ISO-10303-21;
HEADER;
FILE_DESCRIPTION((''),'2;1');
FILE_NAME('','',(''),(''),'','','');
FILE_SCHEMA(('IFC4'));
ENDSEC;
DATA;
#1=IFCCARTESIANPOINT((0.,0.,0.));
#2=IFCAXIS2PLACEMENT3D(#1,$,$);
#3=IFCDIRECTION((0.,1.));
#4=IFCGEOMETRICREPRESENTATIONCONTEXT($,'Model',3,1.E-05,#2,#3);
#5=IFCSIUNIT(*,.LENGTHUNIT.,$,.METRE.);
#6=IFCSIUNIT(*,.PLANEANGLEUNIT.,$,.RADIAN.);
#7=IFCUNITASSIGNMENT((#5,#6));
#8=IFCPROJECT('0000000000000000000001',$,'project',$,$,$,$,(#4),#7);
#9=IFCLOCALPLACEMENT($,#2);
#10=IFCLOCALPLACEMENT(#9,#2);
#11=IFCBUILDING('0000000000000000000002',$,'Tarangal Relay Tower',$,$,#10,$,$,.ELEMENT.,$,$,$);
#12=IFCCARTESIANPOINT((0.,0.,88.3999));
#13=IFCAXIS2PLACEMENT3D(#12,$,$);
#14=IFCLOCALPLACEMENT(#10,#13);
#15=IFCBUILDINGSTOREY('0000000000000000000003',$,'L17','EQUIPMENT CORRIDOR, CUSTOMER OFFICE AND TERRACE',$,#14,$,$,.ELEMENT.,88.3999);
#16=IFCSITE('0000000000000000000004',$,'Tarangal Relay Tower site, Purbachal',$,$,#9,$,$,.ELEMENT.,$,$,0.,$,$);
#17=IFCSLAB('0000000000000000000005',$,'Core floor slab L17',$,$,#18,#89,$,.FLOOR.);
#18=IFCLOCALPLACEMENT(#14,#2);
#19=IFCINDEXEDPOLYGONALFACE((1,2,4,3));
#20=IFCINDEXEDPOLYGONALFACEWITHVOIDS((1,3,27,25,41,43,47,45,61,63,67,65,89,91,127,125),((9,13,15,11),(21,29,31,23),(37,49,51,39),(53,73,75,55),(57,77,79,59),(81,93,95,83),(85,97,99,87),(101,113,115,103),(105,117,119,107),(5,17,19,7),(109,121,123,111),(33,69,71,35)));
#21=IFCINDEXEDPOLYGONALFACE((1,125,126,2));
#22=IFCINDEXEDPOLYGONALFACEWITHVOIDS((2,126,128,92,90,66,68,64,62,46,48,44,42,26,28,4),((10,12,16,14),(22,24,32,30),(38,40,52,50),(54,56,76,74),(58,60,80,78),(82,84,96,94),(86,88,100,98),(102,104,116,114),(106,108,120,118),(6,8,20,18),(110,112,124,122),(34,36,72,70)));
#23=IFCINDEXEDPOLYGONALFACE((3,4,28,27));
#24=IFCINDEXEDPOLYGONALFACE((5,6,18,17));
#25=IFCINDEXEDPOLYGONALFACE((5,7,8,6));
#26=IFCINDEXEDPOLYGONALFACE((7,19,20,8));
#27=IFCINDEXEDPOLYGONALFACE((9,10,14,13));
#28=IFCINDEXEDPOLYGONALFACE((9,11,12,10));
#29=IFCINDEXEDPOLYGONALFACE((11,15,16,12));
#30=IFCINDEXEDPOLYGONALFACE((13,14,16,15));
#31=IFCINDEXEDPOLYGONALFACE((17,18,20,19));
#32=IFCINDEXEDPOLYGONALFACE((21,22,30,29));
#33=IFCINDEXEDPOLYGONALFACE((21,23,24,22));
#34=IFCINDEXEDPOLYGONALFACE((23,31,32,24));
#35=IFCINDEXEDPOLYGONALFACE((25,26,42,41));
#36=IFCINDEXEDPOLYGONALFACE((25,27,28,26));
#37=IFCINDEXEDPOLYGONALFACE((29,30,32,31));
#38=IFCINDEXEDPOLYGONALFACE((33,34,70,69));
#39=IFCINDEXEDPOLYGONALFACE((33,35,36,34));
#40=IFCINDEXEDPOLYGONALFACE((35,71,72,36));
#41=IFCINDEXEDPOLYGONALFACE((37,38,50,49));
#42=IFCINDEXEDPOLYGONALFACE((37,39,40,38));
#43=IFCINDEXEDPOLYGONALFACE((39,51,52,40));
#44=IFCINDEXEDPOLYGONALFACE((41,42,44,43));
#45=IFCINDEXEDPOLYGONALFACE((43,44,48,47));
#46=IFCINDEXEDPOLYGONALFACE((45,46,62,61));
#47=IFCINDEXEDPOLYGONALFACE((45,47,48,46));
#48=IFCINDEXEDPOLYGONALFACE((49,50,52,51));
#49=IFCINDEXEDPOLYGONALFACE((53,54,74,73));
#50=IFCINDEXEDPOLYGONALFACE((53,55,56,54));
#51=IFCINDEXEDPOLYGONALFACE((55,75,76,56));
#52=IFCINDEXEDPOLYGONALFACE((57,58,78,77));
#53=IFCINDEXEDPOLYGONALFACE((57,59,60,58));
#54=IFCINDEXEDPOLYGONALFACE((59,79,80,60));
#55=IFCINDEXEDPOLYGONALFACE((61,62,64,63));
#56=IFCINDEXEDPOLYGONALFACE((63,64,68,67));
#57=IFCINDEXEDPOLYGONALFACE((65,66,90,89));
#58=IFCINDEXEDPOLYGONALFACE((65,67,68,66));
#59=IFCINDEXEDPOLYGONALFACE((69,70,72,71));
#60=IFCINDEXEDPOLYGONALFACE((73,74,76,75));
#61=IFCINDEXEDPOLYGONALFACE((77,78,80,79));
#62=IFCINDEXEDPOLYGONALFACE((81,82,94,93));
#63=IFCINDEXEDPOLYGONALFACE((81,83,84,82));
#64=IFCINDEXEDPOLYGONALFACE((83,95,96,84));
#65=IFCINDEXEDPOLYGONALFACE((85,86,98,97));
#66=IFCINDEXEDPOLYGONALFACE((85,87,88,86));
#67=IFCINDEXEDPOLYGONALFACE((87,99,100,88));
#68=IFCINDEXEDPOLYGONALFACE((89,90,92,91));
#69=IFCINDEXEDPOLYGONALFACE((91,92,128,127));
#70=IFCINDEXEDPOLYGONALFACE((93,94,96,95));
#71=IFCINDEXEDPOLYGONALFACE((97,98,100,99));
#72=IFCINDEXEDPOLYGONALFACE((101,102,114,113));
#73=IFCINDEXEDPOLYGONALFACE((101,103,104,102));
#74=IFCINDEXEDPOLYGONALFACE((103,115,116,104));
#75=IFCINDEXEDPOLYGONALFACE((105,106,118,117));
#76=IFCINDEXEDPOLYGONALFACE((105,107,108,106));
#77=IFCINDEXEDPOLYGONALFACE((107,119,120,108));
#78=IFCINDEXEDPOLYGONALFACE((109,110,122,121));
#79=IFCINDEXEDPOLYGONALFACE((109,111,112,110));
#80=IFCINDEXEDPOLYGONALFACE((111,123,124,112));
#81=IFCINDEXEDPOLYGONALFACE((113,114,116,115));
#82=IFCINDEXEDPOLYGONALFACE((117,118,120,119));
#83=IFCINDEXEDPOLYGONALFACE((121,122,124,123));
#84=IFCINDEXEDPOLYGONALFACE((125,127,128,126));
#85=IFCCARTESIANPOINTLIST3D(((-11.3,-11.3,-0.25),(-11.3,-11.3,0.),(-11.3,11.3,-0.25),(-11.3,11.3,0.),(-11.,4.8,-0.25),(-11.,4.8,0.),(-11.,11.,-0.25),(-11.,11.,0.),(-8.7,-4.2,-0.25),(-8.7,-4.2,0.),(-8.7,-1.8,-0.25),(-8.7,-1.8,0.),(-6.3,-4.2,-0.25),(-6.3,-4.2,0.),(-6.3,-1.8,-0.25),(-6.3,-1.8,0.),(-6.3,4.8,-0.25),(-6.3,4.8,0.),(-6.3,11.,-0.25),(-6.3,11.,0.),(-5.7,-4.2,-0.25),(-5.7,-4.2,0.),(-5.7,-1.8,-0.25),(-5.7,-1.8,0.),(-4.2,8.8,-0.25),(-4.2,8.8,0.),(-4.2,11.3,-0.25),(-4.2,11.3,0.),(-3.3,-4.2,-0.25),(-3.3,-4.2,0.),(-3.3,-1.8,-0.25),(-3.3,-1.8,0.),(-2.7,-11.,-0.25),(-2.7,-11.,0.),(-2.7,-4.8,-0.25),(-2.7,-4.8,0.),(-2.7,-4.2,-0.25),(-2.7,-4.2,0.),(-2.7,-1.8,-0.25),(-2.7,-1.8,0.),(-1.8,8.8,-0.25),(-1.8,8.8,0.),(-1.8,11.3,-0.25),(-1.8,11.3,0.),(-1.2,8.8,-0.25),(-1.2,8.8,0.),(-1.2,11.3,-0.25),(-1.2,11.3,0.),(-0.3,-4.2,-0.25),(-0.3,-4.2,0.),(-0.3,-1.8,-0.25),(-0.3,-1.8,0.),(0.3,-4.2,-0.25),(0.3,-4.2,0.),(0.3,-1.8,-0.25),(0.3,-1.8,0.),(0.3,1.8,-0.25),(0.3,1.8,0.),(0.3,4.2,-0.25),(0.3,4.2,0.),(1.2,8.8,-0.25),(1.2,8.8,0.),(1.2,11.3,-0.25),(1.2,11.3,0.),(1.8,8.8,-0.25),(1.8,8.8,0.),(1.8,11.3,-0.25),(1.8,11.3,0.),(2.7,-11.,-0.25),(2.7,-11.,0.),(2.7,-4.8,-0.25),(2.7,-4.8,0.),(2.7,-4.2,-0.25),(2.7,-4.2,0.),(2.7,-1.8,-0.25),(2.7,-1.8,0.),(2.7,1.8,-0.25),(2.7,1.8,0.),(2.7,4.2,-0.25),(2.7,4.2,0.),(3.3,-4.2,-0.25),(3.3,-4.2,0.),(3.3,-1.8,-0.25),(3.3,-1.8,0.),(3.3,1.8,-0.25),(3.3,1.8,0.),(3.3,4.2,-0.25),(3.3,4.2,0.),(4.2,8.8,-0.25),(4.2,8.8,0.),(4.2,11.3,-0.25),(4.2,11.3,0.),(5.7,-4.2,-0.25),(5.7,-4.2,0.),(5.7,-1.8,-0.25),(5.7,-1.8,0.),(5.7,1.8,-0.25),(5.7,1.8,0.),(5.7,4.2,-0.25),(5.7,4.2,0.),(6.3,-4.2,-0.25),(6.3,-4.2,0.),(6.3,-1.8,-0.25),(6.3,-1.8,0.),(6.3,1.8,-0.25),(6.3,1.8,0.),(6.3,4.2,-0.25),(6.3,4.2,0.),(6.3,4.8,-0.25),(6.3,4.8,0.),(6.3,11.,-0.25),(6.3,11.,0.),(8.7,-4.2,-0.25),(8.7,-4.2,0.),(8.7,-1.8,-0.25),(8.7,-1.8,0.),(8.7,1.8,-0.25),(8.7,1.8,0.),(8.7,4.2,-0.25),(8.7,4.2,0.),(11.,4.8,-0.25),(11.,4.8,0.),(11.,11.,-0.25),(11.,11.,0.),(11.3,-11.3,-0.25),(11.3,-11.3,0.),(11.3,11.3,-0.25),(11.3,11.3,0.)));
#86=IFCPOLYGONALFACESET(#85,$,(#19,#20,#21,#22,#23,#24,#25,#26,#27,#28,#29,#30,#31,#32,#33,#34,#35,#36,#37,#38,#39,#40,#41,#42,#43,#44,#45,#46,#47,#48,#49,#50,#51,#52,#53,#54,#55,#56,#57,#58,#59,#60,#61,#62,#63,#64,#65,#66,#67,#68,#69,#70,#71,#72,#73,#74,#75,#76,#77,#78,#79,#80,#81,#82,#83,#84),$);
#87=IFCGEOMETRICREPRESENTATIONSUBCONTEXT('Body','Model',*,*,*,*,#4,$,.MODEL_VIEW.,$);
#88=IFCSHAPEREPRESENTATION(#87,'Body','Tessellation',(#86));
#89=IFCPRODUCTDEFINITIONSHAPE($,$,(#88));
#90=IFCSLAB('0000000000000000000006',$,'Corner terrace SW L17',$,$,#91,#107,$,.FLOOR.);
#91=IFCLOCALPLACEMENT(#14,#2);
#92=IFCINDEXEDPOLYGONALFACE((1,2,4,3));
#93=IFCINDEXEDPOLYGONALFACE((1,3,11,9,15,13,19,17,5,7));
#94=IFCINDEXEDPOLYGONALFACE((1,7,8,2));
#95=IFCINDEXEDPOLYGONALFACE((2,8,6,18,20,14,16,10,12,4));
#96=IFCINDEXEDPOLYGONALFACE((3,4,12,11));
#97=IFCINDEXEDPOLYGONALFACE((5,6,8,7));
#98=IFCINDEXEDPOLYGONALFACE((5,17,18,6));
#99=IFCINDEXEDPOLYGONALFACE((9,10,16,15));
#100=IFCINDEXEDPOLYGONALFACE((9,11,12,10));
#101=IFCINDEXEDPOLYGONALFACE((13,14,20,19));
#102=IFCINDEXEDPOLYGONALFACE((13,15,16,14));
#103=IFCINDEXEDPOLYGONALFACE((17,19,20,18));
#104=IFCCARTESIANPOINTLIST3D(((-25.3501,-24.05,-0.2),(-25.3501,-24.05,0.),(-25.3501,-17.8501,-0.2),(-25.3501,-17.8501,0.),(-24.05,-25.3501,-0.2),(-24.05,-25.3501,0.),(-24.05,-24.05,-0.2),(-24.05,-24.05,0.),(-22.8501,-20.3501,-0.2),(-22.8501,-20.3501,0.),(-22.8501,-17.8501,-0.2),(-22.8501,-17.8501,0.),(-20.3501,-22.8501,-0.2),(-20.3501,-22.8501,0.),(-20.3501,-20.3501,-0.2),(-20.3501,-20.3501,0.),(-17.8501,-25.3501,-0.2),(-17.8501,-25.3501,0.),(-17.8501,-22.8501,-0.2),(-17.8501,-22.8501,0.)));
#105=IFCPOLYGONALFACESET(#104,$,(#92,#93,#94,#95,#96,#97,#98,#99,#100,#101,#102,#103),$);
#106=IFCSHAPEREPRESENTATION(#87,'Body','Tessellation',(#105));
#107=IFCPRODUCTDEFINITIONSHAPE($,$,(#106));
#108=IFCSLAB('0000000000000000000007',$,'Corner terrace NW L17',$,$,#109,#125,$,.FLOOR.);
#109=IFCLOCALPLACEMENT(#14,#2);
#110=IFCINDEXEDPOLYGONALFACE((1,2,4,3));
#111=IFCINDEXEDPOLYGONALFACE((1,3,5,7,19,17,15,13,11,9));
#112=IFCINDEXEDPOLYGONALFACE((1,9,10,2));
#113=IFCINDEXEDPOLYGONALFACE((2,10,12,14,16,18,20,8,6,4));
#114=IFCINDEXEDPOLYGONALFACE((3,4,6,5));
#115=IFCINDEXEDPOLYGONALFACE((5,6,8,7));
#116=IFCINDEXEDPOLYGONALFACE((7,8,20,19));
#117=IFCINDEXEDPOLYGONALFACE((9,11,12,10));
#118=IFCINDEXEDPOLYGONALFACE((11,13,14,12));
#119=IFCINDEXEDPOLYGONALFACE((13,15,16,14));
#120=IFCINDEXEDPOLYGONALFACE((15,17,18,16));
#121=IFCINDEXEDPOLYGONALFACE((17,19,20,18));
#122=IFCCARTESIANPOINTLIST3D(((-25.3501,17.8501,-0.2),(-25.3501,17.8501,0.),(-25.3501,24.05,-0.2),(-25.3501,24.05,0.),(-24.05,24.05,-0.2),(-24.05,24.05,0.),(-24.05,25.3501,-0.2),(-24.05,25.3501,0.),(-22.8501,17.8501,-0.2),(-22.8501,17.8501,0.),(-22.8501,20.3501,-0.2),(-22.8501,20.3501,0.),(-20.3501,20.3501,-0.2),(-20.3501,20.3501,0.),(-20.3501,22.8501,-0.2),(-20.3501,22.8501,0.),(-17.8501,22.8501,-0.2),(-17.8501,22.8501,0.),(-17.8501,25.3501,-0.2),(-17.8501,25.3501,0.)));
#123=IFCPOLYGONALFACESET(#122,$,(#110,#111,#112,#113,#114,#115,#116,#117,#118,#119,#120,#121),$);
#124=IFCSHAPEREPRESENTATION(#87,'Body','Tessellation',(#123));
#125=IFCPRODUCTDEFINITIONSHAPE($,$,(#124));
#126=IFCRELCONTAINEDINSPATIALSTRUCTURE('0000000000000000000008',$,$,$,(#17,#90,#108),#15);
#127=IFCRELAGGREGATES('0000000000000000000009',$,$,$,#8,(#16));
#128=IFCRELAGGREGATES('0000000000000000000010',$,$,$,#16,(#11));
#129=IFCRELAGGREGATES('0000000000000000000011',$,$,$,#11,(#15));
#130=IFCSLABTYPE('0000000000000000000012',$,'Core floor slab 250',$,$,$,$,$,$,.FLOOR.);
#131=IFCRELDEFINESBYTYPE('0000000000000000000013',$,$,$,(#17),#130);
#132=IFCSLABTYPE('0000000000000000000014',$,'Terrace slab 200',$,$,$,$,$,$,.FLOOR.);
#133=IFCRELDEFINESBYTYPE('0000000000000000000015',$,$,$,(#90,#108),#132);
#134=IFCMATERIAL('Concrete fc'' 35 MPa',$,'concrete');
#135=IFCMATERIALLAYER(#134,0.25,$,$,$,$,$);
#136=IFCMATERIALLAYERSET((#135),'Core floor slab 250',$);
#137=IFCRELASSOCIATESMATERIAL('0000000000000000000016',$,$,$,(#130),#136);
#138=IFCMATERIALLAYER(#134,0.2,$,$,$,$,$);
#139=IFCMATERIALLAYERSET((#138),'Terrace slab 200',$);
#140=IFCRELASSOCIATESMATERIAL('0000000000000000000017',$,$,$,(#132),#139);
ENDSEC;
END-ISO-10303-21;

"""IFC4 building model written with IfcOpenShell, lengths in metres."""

from ifc_helpers import new_model, si_unit, direction, frame, origin, place, context, subcontext, project, spatial, polyline, outline, extrude, material, layer, layer_set, type_object, element, save


model = new_model("IFC4")

# Units and contexts
model_context = context("Model", 3, precision=1e-05, world=origin(), true_north=direction((0.0, 1.0)))
body_context = subcontext(model_context, "Body", "Model", "MODEL_VIEW")
ifc_project = project(units=[si_unit("LENGTHUNIT", "METRE"), si_unit("PLANEANGLEUNIT", "RADIAN")], contexts=[model_context])

# Site, building, storey
site_placement = place(None, origin())
site = spatial("IfcSite", under=ifc_project, at=site_placement, Name="Tarangal Relay Tower site, Purbachal", CompositionType="ELEMENT", RefElevation=0.0)
building_placement = place(site_placement, origin())
building = spatial("IfcBuilding", under=site, at=building_placement, Name="Tarangal Relay Tower", CompositionType="ELEMENT")
storey_placement = place(building_placement, frame((0.0, 0.0, 88.3999)))
storey = spatial("IfcBuildingStorey", under=building, at=storey_placement, Name="L17", Description="EQUIPMENT CORRIDOR, CUSTOMER OFFICE AND TERRACE", CompositionType="ELEMENT", Elevation=88.3999)

# Slabs
ifc_material_1 = material(Name="Concrete fc' 35 MPa", Category="concrete")
ifc_layer_1 = layer(ifc_material_1, 0.25)
ifc_layer_set_1 = layer_set([ifc_layer_1], Name="Core floor slab 250")
slab_type_1 = type_object("IfcSlabType", Name="Core floor slab 250", PredefinedType="FLOOR", material=ifc_layer_set_1)
slab_1_placement = place(storey_placement, frame((0.0, 0.0, -0.25)))
element("IfcSlab", 1, at=slab_1_placement, inside=storey, type_object=slab_type_1, Name="Core floor slab L17", PredefinedType="FLOOR", context=body_context, shape_type="SweptSolid", body=[
    extrude(outline(polyline([(11.3, 11.3), (11.3, -11.3), (-11.3, -11.3), (-11.3, 11.3), (-4.2, 11.3), (-4.2, 8.8), (-1.8, 8.8), (-1.8, 11.3), (-1.2, 11.3), (-1.2, 8.8), (1.2, 8.8), (1.2, 11.3), (1.8, 11.3), (1.8, 8.8), (4.2, 8.8), (4.2, 11.3), (11.3, 11.3)]), holes=[polyline([(2.7, -4.8), (-2.7, -4.8), (-2.7, -11.0), (2.7, -11.0), (2.7, -4.8)]), polyline([(-6.3, -4.2), (-6.3, -1.8), (-8.7, -1.8), (-8.7, -4.2), (-6.3, -4.2)]), polyline([(-3.3, -4.2), (-3.3, -1.8), (-5.7, -1.8), (-5.7, -4.2), (-3.3, -4.2)]), polyline([(-0.3, -4.2), (-0.3, -1.8), (-2.7, -1.8), (-2.7, -4.2), (-0.3, -4.2)]), polyline([(2.7, 1.8), (2.7, 4.2), (0.3, 4.2), (0.3, 1.8), (2.7, 1.8)]), polyline([(-6.3, 4.8), (-6.3, 11.0), (-11.0, 11.0), (-11.0, 4.8), (-6.3, 4.8)]), polyline([(2.7, -4.2), (2.7, -1.8), (0.3, -1.8), (0.3, -4.2), (2.7, -4.2)]), polyline([(5.7, -4.2), (5.7, -1.8), (3.3, -1.8), (3.3, -4.2), (5.7, -4.2)]), polyline([(8.7, -4.2), (8.7, -1.8), (6.3, -1.8), (6.3, -4.2), (8.7, -4.2)]), polyline([(5.7, 1.8), (5.7, 4.2), (3.3, 4.2), (3.3, 1.8), (5.7, 1.8)]), polyline([(8.7, 1.8), (8.7, 4.2), (6.3, 4.2), (6.3, 1.8), (8.7, 1.8)]), polyline([(11.0, 4.8), (11.0, 11.0), (6.3, 11.0), (6.3, 4.8), (11.0, 4.8)])]), origin(), (0.0, 0.0, 1.0), 0.25),
])
ifc_layer_2 = layer(ifc_material_1, 0.2)
ifc_layer_set_2 = layer_set([ifc_layer_2], Name="Terrace slab 200")
slab_type_2 = type_object("IfcSlabType", Name="Terrace slab 200", PredefinedType="FLOOR", material=ifc_layer_set_2)
slab_2_placement = place(storey_placement, frame((0.0, 0.0, -0.2)))
element("IfcSlab", 2, at=slab_2_placement, inside=storey, type_object=slab_type_2, Name="Corner terrace SW L17", PredefinedType="FLOOR", context=body_context, shape_type="SweptSolid", body=[
    extrude(outline(polyline([(-17.8501, -25.3501), (-17.8501, -22.8501), (-20.3501, -22.8501), (-20.3501, -20.3501), (-22.8501, -20.3501), (-22.8501, -17.8501), (-25.3501, -17.8501), (-25.3501, -24.05), (-24.05, -24.05), (-24.05, -25.3501), (-17.8501, -25.3501)])), origin(), (0.0, 0.0, 1.0), 0.2),
])
slab_3_placement = place(storey_placement, frame((0.0, 0.0, -0.2)))
element("IfcSlab", 3, at=slab_3_placement, inside=storey, type_object=slab_type_2, Name="Corner terrace NW L17", PredefinedType="FLOOR", context=body_context, shape_type="SweptSolid", body=[
    extrude(outline(polyline([(-25.3501, 17.8501), (-22.8501, 17.8501), (-22.8501, 20.3501), (-20.3501, 20.3501), (-20.3501, 22.8501), (-17.8501, 22.8501), (-17.8501, 25.3501), (-24.05, 25.3501), (-24.05, 24.05), (-25.3501, 24.05), (-25.3501, 17.8501)])), origin(), (0.0, 0.0, 1.0), 0.2),
])

save(model, "model.ifc")
